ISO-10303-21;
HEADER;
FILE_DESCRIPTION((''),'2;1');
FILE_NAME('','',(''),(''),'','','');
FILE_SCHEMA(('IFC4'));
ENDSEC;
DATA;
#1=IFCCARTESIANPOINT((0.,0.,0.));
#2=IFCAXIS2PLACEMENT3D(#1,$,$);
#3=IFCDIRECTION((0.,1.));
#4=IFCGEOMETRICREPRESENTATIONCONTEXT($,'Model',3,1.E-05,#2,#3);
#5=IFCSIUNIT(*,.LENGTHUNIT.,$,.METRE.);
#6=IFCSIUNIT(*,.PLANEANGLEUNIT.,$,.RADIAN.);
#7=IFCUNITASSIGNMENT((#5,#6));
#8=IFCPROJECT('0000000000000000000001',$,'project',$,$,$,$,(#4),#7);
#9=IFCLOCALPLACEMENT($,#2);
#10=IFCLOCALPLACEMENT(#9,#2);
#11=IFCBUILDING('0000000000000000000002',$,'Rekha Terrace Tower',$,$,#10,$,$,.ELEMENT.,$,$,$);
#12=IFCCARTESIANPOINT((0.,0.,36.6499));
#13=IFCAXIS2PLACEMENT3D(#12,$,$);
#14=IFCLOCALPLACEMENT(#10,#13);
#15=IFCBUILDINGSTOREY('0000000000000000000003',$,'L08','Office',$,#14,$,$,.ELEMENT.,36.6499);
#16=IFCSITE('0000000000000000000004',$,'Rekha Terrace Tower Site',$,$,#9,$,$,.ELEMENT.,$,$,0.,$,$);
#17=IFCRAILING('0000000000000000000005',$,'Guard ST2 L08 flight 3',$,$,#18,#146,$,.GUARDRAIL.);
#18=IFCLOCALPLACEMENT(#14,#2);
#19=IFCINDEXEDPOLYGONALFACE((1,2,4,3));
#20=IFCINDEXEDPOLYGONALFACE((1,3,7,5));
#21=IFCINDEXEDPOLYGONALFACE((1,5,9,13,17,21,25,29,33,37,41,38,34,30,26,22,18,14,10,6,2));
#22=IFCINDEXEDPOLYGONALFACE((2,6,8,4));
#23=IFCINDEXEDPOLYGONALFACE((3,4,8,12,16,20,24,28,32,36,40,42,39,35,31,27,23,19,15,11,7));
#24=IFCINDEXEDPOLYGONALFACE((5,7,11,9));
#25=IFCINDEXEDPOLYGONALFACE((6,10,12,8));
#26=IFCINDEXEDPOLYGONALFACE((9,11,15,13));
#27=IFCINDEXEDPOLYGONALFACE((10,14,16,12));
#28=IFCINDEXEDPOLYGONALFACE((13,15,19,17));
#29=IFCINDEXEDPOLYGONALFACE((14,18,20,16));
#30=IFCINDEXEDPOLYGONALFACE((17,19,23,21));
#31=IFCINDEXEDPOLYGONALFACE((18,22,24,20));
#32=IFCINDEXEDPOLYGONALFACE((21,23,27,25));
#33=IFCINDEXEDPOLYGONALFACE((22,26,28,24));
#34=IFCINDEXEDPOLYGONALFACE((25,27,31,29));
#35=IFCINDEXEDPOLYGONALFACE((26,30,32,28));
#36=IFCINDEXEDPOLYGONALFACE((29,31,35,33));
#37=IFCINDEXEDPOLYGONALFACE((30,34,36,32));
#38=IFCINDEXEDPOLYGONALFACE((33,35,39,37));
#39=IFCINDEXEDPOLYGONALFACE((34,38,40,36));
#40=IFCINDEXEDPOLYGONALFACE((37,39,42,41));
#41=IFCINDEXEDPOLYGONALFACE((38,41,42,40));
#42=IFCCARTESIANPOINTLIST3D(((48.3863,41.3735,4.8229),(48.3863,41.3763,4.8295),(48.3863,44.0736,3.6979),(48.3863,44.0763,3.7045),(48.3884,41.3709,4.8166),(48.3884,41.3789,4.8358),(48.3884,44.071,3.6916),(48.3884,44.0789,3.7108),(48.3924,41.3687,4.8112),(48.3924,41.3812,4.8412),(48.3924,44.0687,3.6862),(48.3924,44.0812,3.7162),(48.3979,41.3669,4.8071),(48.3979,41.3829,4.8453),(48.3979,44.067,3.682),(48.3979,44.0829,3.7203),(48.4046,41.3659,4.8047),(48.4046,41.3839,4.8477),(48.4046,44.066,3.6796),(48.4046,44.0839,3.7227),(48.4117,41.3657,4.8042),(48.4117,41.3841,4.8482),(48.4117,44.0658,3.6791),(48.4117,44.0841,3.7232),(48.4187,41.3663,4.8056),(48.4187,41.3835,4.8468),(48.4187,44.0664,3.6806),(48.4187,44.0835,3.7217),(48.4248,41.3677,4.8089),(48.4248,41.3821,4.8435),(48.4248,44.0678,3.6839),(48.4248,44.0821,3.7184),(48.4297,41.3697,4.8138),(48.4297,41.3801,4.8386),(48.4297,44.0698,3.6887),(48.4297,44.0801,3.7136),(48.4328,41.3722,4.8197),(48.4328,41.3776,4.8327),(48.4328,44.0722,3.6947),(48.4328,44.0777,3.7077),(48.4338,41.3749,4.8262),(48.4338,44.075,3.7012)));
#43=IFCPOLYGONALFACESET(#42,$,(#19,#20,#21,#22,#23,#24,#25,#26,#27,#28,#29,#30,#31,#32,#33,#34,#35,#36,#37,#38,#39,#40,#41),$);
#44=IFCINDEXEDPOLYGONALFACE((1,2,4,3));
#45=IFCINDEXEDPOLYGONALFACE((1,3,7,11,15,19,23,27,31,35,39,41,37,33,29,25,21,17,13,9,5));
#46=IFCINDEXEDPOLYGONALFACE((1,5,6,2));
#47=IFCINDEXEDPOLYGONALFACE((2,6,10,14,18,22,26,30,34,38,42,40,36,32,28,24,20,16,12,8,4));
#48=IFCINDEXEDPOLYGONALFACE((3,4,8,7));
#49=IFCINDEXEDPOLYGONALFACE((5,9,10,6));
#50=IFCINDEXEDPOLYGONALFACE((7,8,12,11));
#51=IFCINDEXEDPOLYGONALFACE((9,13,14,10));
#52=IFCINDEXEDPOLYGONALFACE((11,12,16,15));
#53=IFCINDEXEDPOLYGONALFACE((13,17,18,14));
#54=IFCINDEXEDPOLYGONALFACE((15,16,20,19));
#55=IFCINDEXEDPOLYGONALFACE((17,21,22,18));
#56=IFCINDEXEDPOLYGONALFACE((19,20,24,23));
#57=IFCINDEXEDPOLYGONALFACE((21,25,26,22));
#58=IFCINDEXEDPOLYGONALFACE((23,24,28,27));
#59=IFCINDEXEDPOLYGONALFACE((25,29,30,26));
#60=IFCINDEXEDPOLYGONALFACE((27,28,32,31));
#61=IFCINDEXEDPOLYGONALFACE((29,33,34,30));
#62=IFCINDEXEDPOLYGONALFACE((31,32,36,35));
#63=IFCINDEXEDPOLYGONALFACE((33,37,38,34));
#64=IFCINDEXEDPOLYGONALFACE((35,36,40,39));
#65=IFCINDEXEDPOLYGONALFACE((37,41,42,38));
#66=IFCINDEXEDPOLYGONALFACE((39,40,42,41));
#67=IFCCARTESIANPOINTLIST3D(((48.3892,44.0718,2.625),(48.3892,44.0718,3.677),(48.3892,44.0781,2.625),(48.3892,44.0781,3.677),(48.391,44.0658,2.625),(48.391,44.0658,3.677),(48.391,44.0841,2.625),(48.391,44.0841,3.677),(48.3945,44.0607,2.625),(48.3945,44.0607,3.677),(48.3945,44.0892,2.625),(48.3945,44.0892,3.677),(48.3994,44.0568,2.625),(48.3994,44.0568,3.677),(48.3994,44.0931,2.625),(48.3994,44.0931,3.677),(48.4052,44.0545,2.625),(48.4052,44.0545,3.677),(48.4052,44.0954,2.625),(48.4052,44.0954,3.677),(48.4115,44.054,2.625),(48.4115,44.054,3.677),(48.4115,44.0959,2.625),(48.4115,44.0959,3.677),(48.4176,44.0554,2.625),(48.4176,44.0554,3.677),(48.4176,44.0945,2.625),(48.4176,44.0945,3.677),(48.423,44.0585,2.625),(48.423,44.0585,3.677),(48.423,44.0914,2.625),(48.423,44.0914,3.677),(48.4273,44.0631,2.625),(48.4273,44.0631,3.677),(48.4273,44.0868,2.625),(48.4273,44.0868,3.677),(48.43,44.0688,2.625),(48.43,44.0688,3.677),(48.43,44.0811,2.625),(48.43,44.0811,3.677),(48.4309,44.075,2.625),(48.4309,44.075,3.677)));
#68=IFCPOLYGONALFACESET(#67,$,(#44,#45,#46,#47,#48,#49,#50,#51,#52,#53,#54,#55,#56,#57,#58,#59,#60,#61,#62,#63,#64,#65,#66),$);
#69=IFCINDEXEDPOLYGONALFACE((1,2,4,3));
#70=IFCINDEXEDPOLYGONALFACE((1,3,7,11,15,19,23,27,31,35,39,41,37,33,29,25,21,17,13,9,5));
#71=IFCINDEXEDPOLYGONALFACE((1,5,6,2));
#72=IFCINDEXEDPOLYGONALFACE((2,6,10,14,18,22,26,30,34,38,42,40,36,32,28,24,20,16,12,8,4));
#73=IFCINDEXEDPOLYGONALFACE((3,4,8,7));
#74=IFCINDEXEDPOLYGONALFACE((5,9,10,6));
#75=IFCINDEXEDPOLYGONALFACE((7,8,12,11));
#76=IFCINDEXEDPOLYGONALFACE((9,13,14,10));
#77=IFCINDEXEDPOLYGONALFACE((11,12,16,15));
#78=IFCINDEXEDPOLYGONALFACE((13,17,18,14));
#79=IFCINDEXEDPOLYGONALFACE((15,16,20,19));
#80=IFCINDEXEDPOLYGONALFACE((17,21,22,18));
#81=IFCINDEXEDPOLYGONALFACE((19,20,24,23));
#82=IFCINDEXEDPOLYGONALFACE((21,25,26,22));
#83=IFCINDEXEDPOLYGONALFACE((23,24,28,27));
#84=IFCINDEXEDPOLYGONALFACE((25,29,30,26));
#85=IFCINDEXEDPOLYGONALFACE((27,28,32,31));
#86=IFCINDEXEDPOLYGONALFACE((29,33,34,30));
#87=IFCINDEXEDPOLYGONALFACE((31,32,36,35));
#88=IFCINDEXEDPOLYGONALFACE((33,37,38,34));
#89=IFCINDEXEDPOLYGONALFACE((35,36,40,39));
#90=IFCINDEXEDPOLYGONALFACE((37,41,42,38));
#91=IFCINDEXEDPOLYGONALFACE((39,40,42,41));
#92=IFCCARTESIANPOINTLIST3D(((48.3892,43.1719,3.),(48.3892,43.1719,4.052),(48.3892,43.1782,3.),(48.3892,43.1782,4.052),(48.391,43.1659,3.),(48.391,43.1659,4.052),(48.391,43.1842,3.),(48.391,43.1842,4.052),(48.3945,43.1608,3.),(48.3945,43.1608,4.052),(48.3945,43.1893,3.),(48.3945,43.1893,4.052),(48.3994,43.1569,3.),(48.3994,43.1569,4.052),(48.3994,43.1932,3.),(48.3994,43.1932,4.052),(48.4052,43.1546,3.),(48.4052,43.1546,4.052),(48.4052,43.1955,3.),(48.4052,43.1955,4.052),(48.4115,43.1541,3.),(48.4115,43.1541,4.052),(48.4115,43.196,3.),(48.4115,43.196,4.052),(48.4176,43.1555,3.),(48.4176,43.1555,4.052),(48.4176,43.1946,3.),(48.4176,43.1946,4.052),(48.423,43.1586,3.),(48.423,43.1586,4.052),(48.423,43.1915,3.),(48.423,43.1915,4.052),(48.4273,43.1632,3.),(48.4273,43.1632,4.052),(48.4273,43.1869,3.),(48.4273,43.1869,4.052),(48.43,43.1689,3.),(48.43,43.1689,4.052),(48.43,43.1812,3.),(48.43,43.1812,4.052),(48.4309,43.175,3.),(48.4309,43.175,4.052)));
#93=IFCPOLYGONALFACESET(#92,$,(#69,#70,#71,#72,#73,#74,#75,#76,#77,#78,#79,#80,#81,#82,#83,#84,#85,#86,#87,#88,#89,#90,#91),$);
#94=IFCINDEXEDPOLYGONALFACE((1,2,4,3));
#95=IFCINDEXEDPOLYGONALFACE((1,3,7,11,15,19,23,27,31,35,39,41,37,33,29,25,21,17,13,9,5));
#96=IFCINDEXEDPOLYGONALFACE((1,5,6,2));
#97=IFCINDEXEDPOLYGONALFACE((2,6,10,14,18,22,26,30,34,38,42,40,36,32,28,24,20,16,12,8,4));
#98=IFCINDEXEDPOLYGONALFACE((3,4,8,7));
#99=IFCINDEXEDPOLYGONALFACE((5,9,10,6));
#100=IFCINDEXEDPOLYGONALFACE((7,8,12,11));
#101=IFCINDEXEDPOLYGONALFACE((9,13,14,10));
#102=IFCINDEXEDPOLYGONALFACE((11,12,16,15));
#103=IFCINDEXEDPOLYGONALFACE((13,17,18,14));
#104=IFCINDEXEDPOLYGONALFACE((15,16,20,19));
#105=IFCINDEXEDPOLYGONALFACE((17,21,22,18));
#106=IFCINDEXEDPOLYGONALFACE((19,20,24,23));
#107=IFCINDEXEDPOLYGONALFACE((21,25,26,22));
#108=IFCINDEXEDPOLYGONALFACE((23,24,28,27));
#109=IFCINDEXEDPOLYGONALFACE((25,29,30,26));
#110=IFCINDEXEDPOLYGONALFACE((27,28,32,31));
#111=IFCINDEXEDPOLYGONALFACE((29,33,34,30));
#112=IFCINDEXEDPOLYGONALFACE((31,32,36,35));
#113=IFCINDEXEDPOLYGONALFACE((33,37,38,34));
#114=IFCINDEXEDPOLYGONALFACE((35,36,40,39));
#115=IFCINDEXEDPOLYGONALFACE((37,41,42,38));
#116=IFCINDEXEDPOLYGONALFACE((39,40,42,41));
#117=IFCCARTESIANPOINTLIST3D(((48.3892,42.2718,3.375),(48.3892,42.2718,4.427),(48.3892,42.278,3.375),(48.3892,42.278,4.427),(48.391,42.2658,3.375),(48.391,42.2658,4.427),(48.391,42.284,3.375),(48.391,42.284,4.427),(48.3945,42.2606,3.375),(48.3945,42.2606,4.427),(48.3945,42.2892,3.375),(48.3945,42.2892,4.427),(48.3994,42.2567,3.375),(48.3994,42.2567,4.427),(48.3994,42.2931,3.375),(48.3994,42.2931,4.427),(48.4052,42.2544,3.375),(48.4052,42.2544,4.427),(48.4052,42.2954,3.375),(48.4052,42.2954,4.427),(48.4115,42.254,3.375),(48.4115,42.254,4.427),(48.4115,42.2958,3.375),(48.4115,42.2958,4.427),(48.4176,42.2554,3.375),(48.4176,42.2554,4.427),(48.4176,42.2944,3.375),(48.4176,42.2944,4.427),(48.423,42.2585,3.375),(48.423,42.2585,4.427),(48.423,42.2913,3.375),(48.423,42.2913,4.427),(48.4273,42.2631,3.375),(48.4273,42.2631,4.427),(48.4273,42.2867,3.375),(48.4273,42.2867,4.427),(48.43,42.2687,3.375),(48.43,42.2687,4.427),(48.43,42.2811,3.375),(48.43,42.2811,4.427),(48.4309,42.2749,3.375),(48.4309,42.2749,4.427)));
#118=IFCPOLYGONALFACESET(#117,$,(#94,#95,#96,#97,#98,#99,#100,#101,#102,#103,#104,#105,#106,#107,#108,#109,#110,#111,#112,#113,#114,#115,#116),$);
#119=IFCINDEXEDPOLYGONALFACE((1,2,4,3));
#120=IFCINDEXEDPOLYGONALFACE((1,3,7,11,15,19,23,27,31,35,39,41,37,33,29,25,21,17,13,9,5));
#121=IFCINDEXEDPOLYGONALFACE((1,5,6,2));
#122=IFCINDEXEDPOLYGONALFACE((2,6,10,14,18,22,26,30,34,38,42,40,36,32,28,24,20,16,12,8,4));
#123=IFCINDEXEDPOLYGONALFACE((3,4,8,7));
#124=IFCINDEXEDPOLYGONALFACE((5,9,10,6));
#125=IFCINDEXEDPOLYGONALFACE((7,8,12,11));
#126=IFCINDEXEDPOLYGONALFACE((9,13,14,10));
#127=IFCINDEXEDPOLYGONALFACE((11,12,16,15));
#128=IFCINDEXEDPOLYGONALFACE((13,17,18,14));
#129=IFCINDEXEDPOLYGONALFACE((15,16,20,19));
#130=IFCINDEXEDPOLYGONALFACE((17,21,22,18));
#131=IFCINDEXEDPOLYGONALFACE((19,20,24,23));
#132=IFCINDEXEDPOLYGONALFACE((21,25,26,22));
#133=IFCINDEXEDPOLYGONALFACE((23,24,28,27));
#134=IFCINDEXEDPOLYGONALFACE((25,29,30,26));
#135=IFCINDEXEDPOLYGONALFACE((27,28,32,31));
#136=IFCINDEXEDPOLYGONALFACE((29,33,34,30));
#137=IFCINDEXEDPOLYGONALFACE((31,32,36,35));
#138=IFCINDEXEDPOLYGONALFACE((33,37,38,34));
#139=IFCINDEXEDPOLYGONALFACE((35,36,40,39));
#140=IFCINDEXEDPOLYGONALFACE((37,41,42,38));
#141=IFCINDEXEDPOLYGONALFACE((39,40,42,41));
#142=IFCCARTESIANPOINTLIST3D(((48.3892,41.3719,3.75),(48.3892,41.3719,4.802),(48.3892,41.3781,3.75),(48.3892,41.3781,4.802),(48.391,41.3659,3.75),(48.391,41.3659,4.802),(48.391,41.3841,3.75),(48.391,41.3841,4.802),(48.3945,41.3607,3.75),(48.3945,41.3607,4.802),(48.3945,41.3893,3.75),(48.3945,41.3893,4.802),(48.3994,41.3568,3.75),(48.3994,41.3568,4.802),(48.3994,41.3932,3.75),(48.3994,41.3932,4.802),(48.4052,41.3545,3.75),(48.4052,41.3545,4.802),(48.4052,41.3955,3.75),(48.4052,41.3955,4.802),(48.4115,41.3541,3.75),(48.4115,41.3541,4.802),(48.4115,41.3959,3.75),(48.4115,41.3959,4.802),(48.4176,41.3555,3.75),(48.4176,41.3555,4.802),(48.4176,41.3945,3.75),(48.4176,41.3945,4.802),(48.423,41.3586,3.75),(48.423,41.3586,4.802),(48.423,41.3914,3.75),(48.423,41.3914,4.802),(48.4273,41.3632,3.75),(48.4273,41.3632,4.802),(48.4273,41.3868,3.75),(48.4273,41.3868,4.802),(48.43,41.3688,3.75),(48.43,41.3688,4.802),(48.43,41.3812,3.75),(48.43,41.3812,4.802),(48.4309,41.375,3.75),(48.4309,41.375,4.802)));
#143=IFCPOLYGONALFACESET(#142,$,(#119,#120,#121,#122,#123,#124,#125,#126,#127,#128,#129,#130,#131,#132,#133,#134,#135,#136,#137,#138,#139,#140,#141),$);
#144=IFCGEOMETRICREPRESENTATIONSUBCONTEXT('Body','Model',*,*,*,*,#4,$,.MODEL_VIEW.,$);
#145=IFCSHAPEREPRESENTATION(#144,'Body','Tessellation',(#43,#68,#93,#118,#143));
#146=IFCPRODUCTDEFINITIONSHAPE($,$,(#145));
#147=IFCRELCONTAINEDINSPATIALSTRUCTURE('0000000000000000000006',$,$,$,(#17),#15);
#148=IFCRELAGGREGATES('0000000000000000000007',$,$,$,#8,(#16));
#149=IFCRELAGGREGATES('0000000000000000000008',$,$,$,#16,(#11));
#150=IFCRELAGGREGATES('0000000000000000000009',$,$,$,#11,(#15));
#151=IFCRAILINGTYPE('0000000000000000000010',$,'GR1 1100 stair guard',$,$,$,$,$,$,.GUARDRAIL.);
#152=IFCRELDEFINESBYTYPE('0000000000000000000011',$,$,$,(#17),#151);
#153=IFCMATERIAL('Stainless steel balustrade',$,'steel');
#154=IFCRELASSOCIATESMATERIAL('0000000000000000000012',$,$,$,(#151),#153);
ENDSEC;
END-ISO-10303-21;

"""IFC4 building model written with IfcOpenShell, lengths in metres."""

from ifc_helpers import new_model, si_unit, direction, frame, origin, origin_2d, place, context, subcontext, project, spatial, circle, extrude, material, type_object, element, save


model = new_model("IFC4")

# Units and contexts
model_context = context("Model", 3, precision=1e-05, world=origin(), true_north=direction((0.0, 1.0)))
body_context = subcontext(model_context, "Body", "Model", "MODEL_VIEW")
ifc_project = project(units=[si_unit("LENGTHUNIT", "METRE"), si_unit("PLANEANGLEUNIT", "RADIAN")], contexts=[model_context])

# Site, building, storey
site_placement = place(None, origin())
site = spatial("IfcSite", under=ifc_project, at=site_placement, Name="Rekha Terrace Tower Site", CompositionType="ELEMENT", RefElevation=0.0)
building_placement = place(site_placement, origin())
building = spatial("IfcBuilding", under=site, at=building_placement, Name="Rekha Terrace Tower", CompositionType="ELEMENT")
storey_placement = place(building_placement, frame((0.0, 0.0, 36.6499)))
storey = spatial("IfcBuildingStorey", under=building, at=storey_placement, Name="L08", Description="Office", CompositionType="ELEMENT", Elevation=36.6499)

# Railing
ifc_material_1 = material(Name="Stainless steel balustrade", Category="steel")
railing_type_1 = type_object("IfcRailingType", Name="GR1 1100 stair guard", PredefinedType="GUARDRAIL", material=ifc_material_1)
railing_1_placement = place(storey_placement, frame((48.4099, 44.075, 2.625)))
element("IfcRailing", 1, at=railing_1_placement, inside=storey, type_object=railing_type_1, Name="Guard ST2 L08 flight 3", PredefinedType="GUARDRAIL", context=body_context, shape_type="SweptSolid", body=[
    extrude(circle(Radius=0.0239, at=origin_2d()), frame((0.0, 0.0, 1.0762), z_axis=(0.0, -0.923074, 0.384621), x_axis=(1.0, 0.0, 0.0)), (0.0, 0.0, 1.0), 2.925),
    extrude(circle(Radius=0.021, at=origin_2d()), origin(), (0.0, 0.0, 1.0), 1.052),
    extrude(circle(Radius=0.021, at=origin_2d()), frame((0.0, -0.8999, 0.375)), (0.0, 0.0, 1.0), 1.052),
    extrude(circle(Radius=0.021, at=origin_2d()), frame((0.0, -1.8, 0.75)), (0.0, 0.0, 1.0), 1.052),
    extrude(circle(Radius=0.021, at=origin_2d()), frame((0.0, -2.7, 1.125)), (0.0, 0.0, 1.0), 1.052),
])

save(model, "model.ifc")
